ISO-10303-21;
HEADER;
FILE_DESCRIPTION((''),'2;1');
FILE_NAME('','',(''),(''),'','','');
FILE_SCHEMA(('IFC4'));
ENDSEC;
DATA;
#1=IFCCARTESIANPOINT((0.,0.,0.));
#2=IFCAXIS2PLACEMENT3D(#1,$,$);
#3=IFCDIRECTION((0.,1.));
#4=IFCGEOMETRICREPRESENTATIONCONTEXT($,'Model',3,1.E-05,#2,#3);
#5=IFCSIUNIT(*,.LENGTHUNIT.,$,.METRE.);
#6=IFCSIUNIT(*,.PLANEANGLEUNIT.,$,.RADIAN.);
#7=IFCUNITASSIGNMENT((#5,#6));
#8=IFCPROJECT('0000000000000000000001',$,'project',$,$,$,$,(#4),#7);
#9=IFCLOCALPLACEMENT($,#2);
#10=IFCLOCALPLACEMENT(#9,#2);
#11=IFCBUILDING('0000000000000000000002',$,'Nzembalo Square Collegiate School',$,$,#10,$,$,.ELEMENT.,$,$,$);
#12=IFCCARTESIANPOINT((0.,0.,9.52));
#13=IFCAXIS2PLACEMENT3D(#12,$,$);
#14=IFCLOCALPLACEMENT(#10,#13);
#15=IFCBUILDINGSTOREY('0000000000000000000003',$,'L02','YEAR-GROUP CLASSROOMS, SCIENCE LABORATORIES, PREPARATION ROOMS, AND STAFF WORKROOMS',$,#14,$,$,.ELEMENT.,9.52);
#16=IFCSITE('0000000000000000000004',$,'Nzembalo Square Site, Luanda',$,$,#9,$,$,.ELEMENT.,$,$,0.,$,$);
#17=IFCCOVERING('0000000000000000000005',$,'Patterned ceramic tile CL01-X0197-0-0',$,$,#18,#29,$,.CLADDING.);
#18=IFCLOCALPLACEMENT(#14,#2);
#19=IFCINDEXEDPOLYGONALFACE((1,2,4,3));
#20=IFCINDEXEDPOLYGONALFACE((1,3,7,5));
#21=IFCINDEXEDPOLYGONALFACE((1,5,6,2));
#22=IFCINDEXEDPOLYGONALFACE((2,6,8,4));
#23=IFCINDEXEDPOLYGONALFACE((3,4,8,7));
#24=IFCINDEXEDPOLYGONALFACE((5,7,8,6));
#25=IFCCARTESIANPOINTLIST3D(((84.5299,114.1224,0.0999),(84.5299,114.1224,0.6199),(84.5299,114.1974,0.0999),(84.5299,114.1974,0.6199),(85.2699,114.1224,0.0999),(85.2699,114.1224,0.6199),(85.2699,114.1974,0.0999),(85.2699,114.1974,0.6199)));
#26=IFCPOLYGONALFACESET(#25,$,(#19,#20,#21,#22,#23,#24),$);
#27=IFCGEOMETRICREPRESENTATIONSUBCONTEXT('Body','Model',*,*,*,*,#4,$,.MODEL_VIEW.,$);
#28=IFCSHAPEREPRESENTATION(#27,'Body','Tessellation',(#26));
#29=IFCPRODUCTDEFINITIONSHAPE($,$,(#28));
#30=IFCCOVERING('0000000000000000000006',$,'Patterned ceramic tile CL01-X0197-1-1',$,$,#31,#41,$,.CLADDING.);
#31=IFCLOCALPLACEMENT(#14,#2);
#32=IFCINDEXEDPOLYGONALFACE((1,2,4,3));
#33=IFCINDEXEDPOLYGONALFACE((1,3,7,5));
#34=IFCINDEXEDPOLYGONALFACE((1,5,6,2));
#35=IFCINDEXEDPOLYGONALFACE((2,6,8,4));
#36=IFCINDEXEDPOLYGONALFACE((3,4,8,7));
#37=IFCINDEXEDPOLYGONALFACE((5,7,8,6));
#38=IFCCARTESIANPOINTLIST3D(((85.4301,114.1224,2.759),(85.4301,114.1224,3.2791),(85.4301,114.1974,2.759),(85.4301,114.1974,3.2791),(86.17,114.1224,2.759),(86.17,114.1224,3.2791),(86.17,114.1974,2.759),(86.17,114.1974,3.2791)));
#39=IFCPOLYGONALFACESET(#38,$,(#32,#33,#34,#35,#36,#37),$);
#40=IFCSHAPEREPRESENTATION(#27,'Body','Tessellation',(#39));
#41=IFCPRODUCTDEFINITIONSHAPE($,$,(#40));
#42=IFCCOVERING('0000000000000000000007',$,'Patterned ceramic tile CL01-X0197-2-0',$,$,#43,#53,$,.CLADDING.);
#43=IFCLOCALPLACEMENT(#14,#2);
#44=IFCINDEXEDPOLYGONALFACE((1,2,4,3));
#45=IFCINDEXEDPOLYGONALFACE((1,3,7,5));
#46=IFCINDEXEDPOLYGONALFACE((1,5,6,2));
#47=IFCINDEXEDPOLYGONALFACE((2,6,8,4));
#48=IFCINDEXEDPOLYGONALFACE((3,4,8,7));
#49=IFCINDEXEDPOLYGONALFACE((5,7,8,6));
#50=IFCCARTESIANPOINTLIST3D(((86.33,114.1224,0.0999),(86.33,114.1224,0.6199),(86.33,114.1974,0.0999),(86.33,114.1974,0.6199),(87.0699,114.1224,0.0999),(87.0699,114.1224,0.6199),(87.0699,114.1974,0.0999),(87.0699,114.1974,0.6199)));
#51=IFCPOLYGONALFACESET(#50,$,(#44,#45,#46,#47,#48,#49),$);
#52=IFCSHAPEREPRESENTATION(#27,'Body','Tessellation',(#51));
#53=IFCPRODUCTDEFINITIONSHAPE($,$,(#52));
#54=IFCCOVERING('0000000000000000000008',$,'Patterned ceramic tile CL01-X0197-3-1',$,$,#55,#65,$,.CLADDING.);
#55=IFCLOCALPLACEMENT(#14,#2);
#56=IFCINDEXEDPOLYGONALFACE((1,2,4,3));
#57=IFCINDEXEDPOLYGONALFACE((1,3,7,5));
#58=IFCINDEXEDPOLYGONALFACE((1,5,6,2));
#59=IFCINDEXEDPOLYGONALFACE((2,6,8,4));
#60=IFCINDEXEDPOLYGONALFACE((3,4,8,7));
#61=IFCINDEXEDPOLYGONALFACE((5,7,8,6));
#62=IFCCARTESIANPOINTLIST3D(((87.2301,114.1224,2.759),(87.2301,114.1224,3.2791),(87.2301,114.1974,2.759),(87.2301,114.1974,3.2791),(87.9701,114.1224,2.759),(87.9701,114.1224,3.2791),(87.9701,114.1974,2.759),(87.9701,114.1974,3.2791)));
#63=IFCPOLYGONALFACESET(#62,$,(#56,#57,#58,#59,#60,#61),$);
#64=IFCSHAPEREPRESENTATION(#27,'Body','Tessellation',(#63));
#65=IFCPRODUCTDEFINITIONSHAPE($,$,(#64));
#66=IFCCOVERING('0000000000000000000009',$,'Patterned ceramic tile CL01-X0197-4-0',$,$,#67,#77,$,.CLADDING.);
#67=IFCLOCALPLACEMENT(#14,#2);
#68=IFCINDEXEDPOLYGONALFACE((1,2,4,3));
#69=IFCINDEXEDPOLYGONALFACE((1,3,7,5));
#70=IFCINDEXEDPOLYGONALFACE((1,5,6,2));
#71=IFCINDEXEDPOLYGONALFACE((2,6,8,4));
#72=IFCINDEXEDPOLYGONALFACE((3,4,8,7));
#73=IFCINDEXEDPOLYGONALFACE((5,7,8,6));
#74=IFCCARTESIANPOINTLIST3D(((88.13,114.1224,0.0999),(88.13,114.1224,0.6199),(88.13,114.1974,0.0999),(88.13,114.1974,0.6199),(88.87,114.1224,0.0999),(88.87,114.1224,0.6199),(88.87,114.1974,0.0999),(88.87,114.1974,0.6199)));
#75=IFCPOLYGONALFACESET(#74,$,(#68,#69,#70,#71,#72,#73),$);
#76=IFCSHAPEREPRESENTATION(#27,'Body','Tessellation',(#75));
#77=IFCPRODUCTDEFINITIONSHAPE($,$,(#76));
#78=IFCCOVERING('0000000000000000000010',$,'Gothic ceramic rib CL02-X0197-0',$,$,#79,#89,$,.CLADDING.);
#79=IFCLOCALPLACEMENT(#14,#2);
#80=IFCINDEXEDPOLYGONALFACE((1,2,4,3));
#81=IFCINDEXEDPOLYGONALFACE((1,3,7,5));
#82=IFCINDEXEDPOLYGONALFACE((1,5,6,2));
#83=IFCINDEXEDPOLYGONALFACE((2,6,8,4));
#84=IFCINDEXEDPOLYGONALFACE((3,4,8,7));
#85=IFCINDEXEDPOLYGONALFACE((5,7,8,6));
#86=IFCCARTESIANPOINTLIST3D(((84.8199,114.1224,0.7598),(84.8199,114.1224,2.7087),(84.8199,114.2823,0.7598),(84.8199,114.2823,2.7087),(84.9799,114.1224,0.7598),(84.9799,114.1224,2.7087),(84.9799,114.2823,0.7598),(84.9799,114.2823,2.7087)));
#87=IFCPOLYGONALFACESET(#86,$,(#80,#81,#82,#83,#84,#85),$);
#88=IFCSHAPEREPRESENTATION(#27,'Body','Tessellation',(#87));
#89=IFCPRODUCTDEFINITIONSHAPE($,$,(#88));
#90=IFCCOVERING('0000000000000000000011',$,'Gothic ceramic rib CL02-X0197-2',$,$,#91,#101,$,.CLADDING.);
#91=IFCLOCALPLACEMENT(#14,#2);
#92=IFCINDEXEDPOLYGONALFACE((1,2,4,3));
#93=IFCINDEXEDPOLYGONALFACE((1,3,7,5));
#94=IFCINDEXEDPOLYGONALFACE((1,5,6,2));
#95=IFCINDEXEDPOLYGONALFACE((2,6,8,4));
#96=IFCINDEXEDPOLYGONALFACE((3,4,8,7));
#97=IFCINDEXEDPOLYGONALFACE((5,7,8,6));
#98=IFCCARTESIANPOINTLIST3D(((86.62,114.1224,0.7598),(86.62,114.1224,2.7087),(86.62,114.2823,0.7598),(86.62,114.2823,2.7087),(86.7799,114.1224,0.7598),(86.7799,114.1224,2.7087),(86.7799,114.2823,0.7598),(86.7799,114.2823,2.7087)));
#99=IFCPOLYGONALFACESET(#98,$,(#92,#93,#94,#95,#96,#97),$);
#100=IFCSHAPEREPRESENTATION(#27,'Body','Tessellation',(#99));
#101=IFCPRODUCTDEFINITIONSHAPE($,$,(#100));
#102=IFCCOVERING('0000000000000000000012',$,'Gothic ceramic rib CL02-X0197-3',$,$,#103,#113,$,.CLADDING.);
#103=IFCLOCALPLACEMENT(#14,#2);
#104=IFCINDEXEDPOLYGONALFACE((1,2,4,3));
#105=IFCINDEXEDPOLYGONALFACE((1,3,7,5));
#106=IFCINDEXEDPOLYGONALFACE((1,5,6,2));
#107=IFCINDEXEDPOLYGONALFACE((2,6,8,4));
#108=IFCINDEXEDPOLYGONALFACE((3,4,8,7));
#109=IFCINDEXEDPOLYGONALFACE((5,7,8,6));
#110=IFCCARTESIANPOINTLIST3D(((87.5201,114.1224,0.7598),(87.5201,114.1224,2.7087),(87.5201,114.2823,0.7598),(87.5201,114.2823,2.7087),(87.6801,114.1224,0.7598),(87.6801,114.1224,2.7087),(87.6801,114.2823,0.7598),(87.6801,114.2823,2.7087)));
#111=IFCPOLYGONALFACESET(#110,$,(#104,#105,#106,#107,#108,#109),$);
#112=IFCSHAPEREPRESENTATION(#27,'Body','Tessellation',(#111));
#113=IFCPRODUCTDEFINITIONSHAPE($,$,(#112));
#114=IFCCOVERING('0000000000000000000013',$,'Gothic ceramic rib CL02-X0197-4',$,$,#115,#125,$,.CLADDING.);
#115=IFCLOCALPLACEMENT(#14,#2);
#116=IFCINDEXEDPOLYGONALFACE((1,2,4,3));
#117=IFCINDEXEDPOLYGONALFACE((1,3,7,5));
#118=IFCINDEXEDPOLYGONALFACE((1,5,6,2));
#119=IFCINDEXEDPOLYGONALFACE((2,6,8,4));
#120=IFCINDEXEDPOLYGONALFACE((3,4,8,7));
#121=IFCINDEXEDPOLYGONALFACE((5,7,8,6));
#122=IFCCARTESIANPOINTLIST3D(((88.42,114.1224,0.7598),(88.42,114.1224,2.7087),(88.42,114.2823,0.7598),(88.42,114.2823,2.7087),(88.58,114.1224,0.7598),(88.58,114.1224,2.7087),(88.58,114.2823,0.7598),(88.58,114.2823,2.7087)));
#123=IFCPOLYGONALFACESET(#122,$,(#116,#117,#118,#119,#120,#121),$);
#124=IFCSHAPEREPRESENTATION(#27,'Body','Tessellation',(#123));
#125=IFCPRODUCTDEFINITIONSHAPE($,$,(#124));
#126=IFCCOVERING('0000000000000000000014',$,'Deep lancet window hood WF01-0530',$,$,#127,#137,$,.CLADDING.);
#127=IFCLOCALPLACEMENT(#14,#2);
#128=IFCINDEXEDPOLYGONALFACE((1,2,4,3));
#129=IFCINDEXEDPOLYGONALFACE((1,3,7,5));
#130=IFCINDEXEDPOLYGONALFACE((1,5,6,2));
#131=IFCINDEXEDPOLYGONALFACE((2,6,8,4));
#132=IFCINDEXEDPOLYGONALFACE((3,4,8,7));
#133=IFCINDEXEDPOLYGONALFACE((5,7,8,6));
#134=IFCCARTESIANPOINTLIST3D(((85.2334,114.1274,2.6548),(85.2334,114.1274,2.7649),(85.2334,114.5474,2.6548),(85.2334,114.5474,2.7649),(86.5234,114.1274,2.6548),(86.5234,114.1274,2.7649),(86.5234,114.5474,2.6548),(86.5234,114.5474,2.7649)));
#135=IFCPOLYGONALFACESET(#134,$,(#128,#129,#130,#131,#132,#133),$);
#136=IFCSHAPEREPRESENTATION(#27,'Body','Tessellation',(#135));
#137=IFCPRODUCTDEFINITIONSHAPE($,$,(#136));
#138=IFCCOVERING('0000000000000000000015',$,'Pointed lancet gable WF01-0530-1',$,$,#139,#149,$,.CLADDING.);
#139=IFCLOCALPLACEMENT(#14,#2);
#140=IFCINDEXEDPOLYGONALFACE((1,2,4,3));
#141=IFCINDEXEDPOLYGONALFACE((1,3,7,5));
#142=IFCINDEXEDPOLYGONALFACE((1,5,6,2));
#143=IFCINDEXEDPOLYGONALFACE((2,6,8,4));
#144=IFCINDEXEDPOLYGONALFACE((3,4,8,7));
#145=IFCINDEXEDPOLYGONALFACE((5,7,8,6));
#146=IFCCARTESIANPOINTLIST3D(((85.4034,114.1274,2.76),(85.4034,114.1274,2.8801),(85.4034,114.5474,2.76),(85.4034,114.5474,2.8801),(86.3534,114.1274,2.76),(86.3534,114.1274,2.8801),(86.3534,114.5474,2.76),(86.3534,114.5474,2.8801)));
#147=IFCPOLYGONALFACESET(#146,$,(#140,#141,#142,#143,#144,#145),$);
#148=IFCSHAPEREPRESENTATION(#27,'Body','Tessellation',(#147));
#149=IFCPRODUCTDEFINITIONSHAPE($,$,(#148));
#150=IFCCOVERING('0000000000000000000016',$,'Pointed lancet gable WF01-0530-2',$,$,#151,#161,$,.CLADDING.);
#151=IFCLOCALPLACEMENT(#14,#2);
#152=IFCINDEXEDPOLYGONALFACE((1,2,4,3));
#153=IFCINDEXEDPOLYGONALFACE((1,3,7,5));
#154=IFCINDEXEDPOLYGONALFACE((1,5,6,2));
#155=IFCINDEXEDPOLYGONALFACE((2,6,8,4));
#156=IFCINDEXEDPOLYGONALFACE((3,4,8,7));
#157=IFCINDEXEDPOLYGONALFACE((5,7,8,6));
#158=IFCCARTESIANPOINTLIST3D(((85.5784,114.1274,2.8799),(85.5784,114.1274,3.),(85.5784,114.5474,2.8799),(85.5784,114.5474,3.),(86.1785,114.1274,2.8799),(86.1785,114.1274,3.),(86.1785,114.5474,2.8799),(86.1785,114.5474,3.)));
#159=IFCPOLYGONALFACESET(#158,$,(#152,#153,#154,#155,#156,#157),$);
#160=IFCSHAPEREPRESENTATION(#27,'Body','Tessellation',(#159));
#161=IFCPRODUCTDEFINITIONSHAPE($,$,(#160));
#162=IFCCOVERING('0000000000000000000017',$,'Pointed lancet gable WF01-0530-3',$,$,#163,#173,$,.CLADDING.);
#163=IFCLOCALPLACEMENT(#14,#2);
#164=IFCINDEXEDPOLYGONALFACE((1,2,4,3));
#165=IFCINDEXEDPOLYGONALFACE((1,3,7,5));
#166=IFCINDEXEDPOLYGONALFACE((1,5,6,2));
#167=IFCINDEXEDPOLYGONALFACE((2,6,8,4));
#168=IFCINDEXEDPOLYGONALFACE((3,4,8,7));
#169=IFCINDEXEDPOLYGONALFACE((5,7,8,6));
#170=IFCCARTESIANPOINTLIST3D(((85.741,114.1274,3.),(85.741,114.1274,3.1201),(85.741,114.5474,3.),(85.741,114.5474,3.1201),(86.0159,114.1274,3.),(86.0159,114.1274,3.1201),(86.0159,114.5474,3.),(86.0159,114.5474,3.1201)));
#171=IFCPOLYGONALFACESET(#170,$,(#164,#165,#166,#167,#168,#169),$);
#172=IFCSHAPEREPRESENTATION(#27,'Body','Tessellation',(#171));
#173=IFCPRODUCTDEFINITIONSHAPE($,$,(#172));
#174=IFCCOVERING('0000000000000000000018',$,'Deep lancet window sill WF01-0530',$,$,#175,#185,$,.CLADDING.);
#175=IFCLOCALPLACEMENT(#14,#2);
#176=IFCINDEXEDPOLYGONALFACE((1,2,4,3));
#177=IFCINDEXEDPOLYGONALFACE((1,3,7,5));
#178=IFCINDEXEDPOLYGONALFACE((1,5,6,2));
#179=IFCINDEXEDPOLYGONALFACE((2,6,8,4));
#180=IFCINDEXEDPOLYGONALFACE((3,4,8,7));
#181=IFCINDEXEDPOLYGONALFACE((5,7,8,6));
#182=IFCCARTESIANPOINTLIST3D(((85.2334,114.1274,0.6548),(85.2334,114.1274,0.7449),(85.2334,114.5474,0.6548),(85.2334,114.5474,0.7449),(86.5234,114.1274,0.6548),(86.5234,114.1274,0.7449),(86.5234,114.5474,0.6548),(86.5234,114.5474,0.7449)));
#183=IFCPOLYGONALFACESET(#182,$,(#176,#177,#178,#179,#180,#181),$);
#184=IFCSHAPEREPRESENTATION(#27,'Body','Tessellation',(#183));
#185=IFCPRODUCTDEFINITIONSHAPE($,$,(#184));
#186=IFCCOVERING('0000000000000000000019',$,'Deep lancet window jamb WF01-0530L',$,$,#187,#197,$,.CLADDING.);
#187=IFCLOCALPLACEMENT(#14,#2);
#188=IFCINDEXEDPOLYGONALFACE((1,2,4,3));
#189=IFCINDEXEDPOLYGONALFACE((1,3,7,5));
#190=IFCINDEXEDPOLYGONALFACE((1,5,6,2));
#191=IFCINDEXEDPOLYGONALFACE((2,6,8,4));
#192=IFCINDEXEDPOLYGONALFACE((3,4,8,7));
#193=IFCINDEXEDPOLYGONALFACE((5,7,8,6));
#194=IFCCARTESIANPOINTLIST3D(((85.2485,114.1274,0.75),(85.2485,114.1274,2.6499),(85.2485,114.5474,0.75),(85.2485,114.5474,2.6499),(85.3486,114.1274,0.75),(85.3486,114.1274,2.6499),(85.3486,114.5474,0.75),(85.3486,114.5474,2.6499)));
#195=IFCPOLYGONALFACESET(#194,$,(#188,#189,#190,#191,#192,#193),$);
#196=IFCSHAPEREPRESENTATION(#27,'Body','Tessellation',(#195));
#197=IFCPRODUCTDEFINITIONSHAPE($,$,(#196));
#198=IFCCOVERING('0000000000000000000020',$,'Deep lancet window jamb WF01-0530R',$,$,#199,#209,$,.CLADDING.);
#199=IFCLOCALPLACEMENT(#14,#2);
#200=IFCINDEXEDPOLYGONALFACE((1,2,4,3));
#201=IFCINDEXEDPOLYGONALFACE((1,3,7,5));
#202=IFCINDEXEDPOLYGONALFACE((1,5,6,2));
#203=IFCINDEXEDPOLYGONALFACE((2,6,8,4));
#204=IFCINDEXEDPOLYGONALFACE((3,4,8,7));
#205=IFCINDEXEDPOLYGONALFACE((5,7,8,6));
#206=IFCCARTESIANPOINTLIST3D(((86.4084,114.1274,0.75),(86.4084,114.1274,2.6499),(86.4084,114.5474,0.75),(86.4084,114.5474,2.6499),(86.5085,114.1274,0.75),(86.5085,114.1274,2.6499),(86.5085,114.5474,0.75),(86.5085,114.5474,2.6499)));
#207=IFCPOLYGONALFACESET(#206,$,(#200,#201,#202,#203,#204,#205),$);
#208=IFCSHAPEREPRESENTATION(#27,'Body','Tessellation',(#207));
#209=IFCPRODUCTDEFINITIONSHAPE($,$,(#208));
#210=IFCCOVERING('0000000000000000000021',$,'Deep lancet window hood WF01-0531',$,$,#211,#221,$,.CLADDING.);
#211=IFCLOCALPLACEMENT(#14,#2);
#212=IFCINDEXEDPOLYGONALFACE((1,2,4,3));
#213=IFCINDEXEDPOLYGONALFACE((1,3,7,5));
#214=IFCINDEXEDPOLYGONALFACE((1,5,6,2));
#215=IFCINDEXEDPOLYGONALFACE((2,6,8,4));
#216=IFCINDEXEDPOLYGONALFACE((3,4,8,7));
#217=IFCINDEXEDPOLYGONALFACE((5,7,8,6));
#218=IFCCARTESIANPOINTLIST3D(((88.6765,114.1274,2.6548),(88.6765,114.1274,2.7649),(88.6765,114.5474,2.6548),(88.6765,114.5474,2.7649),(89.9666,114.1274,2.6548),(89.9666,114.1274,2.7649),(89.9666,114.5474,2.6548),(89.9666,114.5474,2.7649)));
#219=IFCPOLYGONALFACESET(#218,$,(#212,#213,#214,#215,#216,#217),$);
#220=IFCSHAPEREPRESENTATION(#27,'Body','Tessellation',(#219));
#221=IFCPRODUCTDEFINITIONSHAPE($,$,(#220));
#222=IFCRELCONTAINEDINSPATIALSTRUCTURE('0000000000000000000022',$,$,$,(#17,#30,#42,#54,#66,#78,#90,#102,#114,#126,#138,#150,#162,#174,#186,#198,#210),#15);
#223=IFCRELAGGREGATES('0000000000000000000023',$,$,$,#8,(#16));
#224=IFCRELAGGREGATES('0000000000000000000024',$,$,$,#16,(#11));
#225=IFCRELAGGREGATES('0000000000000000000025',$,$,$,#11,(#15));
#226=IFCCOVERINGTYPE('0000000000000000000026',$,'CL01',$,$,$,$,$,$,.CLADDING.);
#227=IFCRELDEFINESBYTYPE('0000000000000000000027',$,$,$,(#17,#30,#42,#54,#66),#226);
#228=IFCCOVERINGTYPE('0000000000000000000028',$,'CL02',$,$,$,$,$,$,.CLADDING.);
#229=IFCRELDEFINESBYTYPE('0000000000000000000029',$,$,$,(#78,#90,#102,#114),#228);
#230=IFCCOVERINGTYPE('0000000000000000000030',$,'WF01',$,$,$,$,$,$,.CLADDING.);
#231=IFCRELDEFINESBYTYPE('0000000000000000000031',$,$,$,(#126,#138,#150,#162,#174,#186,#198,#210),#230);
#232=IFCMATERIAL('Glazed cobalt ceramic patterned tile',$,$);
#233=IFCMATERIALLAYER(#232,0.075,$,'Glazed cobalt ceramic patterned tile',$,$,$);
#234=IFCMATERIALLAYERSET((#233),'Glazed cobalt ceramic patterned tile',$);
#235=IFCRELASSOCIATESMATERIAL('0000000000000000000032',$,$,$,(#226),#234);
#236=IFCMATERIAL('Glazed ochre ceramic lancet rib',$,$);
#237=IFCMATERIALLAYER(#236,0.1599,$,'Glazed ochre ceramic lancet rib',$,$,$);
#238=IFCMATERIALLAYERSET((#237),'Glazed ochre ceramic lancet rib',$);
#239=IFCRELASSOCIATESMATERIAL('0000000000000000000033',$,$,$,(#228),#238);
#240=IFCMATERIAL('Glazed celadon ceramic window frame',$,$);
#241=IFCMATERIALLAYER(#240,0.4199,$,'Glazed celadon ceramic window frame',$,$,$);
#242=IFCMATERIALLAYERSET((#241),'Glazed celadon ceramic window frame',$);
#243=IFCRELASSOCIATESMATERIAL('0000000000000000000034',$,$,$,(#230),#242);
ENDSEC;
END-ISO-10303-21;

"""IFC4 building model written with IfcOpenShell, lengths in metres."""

from ifc_helpers import new_model, si_unit, direction, frame, origin, origin_2d, place, context, subcontext, project, spatial, rectangle, extrude, material, layer, layer_set, type_object, element, save


model = new_model("IFC4")

# Units and contexts
model_context = context("Model", 3, precision=1e-05, world=origin(), true_north=direction((0.0, 1.0)))
body_context = subcontext(model_context, "Body", "Model", "MODEL_VIEW")
ifc_project = project(units=[si_unit("LENGTHUNIT", "METRE"), si_unit("PLANEANGLEUNIT", "RADIAN")], contexts=[model_context])

# Site, building, storey
site_placement = place(None, origin())
site = spatial("IfcSite", under=ifc_project, at=site_placement, Name="Nzembalo Square Site, Luanda", CompositionType="ELEMENT", RefElevation=0.0)
building_placement = place(site_placement, origin())
building = spatial("IfcBuilding", under=site, at=building_placement, Name="Nzembalo Square Collegiate School", CompositionType="ELEMENT")
storey_placement = place(building_placement, frame((0.0, 0.0, 9.52)))
storey = spatial("IfcBuildingStorey", under=building, at=storey_placement, Name="L02", Description="YEAR-GROUP CLASSROOMS, SCIENCE LABORATORIES, PREPARATION ROOMS, AND STAFF WORKROOMS", CompositionType="ELEMENT", Elevation=9.52)

# Coverings
ifc_material_1 = material(Name="Glazed cobalt ceramic patterned tile")
ifc_layer_1 = layer(ifc_material_1, 0.075, Name="Glazed cobalt ceramic patterned tile")
ifc_layer_set_1 = layer_set([ifc_layer_1], Name="Glazed cobalt ceramic patterned tile")
covering_type_1 = type_object("IfcCoveringType", Name="CL01", PredefinedType="CLADDING", material=ifc_layer_set_1)
for number, where, z_axis, x_axis, name in (
    (1, (84.8999, 114.1599, 0.0999), (0.0, 0.0, 1.0), (1.0, 0.0, 0.0), "Patterned ceramic tile CL01-X0197-0-0"),
    (2, (85.8, 114.1599, 2.759), (0.0, 0.0, 1.0), (1.0, 0.0, 0.0), "Patterned ceramic tile CL01-X0197-1-1"),
    (3, (86.7, 114.1599, 0.0999), (0.0, 0.0, 1.0), (1.0, 0.0, 0.0), "Patterned ceramic tile CL01-X0197-2-0"),
    (4, (87.6001, 114.1599, 2.759), (0.0, 0.0, 1.0), (1.0, 0.0, 0.0), "Patterned ceramic tile CL01-X0197-3-1"),
    (5, (88.5, 114.1599, 0.0999), (0.0, 0.0, 1.0), (1.0, 0.0, 0.0), "Patterned ceramic tile CL01-X0197-4-0"),
):
    element("IfcCovering", number, at=place(storey_placement, frame(where, z_axis=z_axis, x_axis=x_axis)), inside=storey, type_object=covering_type_1, Name=name, PredefinedType="CLADDING", context=body_context, shape_type="SweptSolid", body=[
        extrude(rectangle(XDim=0.74, YDim=0.075, at=origin_2d()), origin(), (0.0, 0.0, 1.0), 0.52),
    ])
ifc_material_2 = material(Name="Glazed ochre ceramic lancet rib")
ifc_layer_2 = layer(ifc_material_2, 0.1599, Name="Glazed ochre ceramic lancet rib")
ifc_layer_set_2 = layer_set([ifc_layer_2], Name="Glazed ochre ceramic lancet rib")
covering_type_2 = type_object("IfcCoveringType", Name="CL02", PredefinedType="CLADDING", material=ifc_layer_set_2)
for number, where, z_axis, x_axis, name in (
    (6, (84.8999, 114.2024, 0.7598), (0.0, 0.0, 1.0), (1.0, 0.0, 0.0), "Gothic ceramic rib CL02-X0197-0"),
    (7, (86.7, 114.2024, 0.7598), (0.0, 0.0, 1.0), (1.0, 0.0, 0.0), "Gothic ceramic rib CL02-X0197-2"),
    (8, (87.6001, 114.2024, 0.7598), (0.0, 0.0, 1.0), (1.0, 0.0, 0.0), "Gothic ceramic rib CL02-X0197-3"),
    (9, (88.5, 114.2024, 0.7598), (0.0, 0.0, 1.0), (1.0, 0.0, 0.0), "Gothic ceramic rib CL02-X0197-4"),
):
    element("IfcCovering", number, at=place(storey_placement, frame(where, z_axis=z_axis, x_axis=x_axis)), inside=storey, type_object=covering_type_2, Name=name, PredefinedType="CLADDING", context=body_context, shape_type="SweptSolid", body=[
        extrude(rectangle(XDim=0.1599, YDim=0.1599, at=origin_2d()), origin(), (0.0, 0.0, 1.0), 1.949),
    ])
ifc_material_3 = material(Name="Glazed celadon ceramic window frame")
ifc_layer_3 = layer(ifc_material_3, 0.4199, Name="Glazed celadon ceramic window frame")
ifc_layer_set_3 = layer_set([ifc_layer_3], Name="Glazed celadon ceramic window frame")
covering_type_3 = type_object("IfcCoveringType", Name="WF01", PredefinedType="CLADDING", material=ifc_layer_set_3)
covering_1_placement = place(storey_placement, frame((85.8784, 114.3374, 2.6548), z_axis=(0.0, 0.0, 1.0), x_axis=(1.0, 0.0, 0.0)))
element("IfcCovering", 10, at=covering_1_placement, inside=storey, type_object=covering_type_3, Name="Deep lancet window hood WF01-0530", PredefinedType="CLADDING", context=body_context, shape_type="SweptSolid", body=[
    extrude(rectangle(XDim=1.29, YDim=0.4199, at=origin_2d()), origin(), (0.0, 0.0, 1.0), 0.1101),
])
covering_2_placement = place(storey_placement, frame((85.8784, 114.3374, 2.76), z_axis=(0.0, 0.0, 1.0), x_axis=(1.0, 0.0, 0.0)))
element("IfcCovering", 11, at=covering_2_placement, inside=storey, type_object=covering_type_3, Name="Pointed lancet gable WF01-0530-1", PredefinedType="CLADDING", context=body_context, shape_type="SweptSolid", body=[
    extrude(rectangle(XDim=0.95, YDim=0.4199, at=origin_2d()), origin(), (0.0, 0.0, 1.0), 0.1201),
])
covering_3_placement = place(storey_placement, frame((85.8784, 114.3374, 2.8799), z_axis=(0.0, 0.0, 1.0), x_axis=(1.0, 0.0, 0.0)))
element("IfcCovering", 12, at=covering_3_placement, inside=storey, type_object=covering_type_3, Name="Pointed lancet gable WF01-0530-2", PredefinedType="CLADDING", context=body_context, shape_type="SweptSolid", body=[
    extrude(rectangle(XDim=0.6001, YDim=0.4199, at=origin_2d()), origin(), (0.0, 0.0, 1.0), 0.1201),
])
covering_4_placement = place(storey_placement, frame((85.8784, 114.3374, 3.0), z_axis=(0.0, 0.0, 1.0), x_axis=(1.0, 0.0, 0.0)))
element("IfcCovering", 13, at=covering_4_placement, inside=storey, type_object=covering_type_3, Name="Pointed lancet gable WF01-0530-3", PredefinedType="CLADDING", context=body_context, shape_type="SweptSolid", body=[
    extrude(rectangle(XDim=0.2749, YDim=0.4199, at=origin_2d()), origin(), (0.0, 0.0, 1.0), 0.1201),
])
covering_5_placement = place(storey_placement, frame((85.8784, 114.3374, 0.6548), z_axis=(0.0, 0.0, 1.0), x_axis=(1.0, 0.0, 0.0)))
element("IfcCovering", 14, at=covering_5_placement, inside=storey, type_object=covering_type_3, Name="Deep lancet window sill WF01-0530", PredefinedType="CLADDING", context=body_context, shape_type="SweptSolid", body=[
    extrude(rectangle(XDim=1.29, YDim=0.4199, at=origin_2d()), origin(), (0.0, 0.0, 1.0), 0.0901),
])
for number, where, z_axis, x_axis, name in (
    (15, (85.2986, 114.3374, 0.75), (0.0, 0.0, 1.0), (1.0, 0.0, 0.0), "Deep lancet window jamb WF01-0530L"),
    (16, (86.4585, 114.3374, 0.75), (0.0, 0.0, 1.0), (1.0, 0.0, 0.0), "Deep lancet window jamb WF01-0530R"),
):
    element("IfcCovering", number, at=place(storey_placement, frame(where, z_axis=z_axis, x_axis=x_axis)), inside=storey, type_object=covering_type_3, Name=name, PredefinedType="CLADDING", context=body_context, shape_type="SweptSolid", body=[
        extrude(rectangle(XDim=0.1001, YDim=0.4199, at=origin_2d()), origin(), (0.0, 0.0, 1.0), 1.8999),
    ])
covering_6_placement = place(storey_placement, frame((89.3215, 114.3374, 2.6548), z_axis=(0.0, 0.0, 1.0), x_axis=(1.0, 0.0, 0.0)))
element("IfcCovering", 17, at=covering_6_placement, inside=storey, type_object=covering_type_3, Name="Deep lancet window hood WF01-0531", PredefinedType="CLADDING", context=body_context, shape_type="SweptSolid", body=[
    extrude(rectangle(XDim=1.29, YDim=0.4199, at=origin_2d()), origin(), (0.0, 0.0, 1.0), 0.1101),
])

save(model, "model.ifc")
